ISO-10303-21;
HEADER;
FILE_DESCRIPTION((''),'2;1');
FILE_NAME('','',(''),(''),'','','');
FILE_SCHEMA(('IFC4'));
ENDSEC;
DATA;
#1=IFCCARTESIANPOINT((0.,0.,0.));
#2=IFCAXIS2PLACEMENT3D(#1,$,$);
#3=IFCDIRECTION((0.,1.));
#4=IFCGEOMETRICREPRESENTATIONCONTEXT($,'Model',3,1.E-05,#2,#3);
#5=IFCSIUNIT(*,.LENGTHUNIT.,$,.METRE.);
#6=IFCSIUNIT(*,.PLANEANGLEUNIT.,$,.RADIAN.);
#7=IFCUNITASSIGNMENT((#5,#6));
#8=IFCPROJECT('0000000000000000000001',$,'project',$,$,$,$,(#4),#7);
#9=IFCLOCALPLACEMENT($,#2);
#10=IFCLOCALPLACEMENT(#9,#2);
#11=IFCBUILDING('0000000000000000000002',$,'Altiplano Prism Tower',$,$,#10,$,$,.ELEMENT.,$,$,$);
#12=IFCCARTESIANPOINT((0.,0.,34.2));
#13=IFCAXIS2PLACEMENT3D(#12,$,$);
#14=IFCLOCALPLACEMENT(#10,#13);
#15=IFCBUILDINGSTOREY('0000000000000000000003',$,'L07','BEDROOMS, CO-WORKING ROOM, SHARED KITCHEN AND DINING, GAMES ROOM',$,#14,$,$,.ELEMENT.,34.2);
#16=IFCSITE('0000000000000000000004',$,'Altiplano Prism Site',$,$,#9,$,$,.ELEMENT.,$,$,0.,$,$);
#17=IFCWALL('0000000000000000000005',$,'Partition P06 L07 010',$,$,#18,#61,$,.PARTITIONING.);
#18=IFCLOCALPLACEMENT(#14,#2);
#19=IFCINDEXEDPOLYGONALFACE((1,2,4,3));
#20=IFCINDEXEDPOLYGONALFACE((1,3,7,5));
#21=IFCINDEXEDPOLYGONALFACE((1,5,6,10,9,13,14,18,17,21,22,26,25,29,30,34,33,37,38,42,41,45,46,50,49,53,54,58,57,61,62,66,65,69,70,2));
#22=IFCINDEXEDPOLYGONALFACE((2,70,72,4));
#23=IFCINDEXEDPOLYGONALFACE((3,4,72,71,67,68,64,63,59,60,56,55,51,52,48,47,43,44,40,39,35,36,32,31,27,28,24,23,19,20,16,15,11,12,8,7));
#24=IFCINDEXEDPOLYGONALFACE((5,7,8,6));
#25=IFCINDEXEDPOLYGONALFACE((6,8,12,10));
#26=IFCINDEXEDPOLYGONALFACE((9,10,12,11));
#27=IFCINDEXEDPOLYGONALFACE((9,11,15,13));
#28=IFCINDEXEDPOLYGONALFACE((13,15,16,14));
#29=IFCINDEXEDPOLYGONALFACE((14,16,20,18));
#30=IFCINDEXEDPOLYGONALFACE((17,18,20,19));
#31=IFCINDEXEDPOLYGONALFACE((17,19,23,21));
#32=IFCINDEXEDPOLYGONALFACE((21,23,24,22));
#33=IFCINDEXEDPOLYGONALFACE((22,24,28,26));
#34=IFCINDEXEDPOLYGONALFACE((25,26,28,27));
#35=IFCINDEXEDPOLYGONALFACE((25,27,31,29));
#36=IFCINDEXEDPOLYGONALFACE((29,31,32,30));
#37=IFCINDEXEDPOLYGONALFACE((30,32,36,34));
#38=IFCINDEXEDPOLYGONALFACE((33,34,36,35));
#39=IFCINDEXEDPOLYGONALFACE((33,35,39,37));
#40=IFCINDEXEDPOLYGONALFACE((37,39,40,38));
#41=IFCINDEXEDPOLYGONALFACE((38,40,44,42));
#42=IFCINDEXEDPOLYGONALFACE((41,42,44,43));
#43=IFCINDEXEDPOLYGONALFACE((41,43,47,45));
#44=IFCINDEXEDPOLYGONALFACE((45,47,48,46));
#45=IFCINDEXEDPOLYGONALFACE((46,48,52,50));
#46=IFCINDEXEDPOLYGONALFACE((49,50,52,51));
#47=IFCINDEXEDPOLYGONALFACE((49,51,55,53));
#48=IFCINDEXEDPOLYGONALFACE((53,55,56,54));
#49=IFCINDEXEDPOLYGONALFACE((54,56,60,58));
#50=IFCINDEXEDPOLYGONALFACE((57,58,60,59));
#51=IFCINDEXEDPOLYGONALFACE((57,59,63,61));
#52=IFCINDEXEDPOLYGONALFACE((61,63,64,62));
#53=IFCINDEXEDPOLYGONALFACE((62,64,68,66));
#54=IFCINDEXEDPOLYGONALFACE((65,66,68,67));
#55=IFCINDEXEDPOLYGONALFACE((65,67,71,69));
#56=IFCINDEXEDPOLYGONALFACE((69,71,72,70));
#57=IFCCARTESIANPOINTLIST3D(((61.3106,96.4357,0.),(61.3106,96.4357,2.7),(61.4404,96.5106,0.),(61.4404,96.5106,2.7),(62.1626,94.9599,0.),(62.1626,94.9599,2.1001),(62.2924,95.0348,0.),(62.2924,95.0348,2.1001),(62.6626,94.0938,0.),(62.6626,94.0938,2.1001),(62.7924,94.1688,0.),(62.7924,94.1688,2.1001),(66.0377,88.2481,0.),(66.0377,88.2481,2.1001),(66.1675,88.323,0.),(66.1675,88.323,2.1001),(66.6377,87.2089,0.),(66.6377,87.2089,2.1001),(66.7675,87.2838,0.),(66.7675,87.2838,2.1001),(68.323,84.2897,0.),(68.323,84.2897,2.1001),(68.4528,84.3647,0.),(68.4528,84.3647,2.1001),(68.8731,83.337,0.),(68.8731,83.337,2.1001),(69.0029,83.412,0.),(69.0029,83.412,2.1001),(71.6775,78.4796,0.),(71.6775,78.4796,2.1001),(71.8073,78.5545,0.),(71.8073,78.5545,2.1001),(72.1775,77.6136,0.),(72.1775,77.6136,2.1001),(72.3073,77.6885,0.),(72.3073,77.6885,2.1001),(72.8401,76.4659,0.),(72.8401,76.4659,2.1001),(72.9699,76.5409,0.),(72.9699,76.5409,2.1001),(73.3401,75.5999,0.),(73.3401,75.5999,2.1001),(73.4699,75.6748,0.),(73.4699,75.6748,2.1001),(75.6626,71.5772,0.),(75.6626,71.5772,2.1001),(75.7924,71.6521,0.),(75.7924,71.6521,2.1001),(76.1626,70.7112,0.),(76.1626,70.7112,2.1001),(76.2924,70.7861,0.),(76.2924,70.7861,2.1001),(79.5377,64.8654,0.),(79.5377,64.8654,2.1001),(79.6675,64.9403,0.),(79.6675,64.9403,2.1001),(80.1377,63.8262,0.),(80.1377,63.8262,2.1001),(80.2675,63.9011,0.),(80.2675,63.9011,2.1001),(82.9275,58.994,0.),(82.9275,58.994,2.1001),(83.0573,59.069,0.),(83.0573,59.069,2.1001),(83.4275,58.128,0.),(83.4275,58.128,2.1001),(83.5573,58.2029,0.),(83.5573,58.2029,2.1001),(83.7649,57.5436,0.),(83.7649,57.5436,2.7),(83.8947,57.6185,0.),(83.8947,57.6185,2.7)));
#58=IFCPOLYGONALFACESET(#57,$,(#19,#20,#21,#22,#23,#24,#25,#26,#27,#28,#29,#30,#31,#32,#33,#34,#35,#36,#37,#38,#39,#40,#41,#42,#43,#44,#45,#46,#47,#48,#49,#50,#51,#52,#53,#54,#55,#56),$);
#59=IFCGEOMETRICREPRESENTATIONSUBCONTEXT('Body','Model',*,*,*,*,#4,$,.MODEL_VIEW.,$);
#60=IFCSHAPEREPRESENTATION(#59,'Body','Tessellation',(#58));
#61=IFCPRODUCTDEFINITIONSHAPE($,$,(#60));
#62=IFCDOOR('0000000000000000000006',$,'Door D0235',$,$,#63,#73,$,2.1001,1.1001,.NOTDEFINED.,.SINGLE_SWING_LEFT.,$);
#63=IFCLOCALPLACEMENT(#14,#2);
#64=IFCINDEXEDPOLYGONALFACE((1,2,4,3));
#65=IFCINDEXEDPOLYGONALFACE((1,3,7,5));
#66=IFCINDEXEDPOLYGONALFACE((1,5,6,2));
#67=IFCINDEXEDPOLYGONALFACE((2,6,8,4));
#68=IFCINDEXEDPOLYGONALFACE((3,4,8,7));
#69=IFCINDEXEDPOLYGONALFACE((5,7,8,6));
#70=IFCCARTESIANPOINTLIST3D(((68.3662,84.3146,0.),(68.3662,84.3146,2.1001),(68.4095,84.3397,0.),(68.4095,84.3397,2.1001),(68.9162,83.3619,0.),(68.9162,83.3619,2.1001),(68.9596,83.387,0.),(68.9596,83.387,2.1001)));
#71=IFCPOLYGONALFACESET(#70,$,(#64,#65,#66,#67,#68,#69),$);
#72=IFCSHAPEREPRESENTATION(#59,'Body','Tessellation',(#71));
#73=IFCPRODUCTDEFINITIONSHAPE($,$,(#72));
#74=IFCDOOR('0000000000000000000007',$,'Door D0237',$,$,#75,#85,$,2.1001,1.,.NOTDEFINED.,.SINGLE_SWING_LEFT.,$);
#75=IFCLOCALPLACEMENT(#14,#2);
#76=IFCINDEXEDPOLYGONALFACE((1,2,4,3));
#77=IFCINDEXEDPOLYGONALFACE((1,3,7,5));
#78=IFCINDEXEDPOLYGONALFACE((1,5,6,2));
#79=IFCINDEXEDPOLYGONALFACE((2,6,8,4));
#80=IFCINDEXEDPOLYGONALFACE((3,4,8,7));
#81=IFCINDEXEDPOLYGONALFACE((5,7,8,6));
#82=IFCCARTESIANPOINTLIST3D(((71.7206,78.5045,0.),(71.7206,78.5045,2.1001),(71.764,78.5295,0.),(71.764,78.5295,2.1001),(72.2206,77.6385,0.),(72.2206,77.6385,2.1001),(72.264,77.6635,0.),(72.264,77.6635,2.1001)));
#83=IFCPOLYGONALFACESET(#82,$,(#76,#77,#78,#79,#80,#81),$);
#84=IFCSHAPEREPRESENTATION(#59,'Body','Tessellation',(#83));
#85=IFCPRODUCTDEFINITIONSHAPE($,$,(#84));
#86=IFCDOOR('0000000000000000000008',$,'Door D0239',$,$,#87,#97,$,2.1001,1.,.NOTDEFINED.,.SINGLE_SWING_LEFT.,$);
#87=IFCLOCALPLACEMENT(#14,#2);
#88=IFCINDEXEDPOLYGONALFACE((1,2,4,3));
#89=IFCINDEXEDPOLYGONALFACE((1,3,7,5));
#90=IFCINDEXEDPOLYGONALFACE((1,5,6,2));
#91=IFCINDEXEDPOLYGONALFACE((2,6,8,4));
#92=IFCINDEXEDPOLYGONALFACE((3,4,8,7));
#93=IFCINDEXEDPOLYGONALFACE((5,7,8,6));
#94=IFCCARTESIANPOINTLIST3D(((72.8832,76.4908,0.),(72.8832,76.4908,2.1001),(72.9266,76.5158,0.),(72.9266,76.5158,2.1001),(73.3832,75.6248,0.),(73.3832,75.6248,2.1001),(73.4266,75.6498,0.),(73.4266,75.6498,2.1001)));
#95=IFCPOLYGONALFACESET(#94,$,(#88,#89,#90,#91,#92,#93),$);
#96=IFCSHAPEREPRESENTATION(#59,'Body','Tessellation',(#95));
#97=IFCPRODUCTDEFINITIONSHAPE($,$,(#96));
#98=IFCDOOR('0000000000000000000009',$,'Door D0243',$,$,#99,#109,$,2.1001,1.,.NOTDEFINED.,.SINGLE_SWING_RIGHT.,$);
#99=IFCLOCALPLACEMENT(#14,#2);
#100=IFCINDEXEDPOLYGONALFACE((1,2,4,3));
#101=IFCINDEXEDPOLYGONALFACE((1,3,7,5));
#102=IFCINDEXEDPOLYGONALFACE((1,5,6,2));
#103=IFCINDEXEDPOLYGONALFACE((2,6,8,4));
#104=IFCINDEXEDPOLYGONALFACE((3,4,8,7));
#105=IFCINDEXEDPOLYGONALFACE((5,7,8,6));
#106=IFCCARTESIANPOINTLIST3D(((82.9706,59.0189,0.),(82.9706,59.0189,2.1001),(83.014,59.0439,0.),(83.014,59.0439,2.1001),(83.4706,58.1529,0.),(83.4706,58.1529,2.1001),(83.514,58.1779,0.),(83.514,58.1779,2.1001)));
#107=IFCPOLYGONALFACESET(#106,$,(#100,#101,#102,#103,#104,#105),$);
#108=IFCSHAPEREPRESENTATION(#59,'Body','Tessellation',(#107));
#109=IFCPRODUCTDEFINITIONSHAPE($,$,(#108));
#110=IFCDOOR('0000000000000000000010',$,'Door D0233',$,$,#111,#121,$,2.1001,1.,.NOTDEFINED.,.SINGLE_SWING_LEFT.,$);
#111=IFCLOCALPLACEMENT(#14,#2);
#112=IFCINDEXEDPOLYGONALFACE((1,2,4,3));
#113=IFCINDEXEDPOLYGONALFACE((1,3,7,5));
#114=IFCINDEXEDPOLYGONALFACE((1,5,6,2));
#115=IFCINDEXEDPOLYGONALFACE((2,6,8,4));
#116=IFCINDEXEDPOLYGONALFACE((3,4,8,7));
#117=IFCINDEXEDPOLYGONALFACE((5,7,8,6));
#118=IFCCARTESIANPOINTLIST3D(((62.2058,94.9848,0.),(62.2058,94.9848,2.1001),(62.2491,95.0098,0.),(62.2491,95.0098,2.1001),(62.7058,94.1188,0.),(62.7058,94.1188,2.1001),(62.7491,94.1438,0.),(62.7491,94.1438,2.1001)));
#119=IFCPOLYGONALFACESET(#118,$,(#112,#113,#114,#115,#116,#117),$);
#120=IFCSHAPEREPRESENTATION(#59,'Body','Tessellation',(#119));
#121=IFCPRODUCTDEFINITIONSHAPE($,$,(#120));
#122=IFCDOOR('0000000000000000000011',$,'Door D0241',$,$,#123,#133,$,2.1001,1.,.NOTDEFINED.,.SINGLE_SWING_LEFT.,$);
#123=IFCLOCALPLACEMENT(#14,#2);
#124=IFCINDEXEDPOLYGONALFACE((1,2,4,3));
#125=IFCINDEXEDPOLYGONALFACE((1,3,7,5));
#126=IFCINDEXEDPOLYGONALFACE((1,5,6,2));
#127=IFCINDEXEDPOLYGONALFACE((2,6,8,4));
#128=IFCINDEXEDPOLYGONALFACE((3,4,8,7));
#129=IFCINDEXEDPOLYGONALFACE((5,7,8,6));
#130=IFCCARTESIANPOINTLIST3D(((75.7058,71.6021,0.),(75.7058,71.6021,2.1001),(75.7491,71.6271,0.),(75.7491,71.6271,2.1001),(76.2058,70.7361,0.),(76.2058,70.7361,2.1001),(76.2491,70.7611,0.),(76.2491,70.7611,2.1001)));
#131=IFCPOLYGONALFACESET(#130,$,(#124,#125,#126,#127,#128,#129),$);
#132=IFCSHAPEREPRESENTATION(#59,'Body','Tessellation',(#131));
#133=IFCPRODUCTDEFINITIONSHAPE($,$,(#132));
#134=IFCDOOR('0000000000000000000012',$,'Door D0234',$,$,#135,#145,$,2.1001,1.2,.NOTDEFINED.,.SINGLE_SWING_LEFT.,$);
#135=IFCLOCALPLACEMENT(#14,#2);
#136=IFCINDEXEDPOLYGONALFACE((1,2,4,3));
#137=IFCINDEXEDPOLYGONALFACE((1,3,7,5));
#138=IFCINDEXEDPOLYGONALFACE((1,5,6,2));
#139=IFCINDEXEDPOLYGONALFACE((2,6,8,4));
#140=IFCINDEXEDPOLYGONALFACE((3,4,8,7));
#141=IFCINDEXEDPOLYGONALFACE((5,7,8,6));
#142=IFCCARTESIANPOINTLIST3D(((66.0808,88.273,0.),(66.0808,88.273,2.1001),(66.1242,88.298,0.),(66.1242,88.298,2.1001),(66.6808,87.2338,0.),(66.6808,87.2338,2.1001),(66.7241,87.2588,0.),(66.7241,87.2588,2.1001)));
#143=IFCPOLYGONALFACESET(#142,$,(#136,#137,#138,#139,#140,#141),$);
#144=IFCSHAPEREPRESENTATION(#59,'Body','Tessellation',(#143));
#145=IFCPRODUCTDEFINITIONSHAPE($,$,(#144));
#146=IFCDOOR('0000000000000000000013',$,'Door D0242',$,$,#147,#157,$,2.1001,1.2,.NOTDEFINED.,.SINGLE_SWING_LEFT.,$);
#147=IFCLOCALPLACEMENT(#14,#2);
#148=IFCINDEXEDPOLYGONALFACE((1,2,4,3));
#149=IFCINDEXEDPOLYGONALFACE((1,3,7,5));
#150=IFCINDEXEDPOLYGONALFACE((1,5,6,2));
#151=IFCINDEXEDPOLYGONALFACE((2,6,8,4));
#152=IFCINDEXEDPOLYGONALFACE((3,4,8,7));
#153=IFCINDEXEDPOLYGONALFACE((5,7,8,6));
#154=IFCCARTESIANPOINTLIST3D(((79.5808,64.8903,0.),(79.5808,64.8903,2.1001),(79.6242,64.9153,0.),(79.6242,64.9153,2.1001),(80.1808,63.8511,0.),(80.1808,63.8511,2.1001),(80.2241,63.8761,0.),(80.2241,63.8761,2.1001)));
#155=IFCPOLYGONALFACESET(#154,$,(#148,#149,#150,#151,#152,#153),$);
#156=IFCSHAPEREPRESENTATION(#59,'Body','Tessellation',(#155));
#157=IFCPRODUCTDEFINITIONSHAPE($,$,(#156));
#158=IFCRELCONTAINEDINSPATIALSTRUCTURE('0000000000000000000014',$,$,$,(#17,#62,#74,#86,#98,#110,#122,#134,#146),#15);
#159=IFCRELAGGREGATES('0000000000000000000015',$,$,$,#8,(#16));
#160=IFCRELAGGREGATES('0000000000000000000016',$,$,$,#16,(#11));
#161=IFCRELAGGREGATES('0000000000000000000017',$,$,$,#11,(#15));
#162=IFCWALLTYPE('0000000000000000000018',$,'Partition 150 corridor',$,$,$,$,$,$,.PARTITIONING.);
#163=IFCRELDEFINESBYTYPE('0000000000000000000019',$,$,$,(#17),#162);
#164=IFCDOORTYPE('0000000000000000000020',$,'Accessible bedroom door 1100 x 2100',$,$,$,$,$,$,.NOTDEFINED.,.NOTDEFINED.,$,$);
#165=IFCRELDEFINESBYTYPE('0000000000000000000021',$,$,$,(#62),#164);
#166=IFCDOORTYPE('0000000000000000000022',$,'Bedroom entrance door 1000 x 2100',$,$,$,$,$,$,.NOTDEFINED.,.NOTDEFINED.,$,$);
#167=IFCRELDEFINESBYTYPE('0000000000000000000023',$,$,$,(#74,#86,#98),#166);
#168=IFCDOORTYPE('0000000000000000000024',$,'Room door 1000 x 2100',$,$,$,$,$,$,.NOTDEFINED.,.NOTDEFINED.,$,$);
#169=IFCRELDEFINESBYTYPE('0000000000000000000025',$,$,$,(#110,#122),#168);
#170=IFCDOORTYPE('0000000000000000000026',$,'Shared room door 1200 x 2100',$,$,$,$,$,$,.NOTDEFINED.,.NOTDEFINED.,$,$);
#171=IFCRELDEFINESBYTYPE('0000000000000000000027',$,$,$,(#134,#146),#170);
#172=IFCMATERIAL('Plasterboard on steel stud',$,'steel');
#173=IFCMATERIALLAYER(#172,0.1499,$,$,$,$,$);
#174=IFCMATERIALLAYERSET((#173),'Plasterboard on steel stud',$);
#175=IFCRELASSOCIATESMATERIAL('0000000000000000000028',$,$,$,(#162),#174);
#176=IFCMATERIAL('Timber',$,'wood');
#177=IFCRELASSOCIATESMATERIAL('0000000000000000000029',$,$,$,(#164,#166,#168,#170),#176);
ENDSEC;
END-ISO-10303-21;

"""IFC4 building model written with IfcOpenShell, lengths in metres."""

from ifc_helpers import new_model, si_unit, direction, frame, frame_2d, origin, place, context, subcontext, project, spatial, rectangle, extrude, material, layer, layer_set, type_object, element, fill, save


model = new_model("IFC4")

# Units and contexts
model_context = context("Model", 3, precision=1e-05, world=origin(), true_north=direction((0.0, 1.0)))
body_context = subcontext(model_context, "Body", "Model", "MODEL_VIEW")
ifc_project = project(units=[si_unit("LENGTHUNIT", "METRE"), si_unit("PLANEANGLEUNIT", "RADIAN")], contexts=[model_context])

# Site, building, storey
site_placement = place(None, origin())
site = spatial("IfcSite", under=ifc_project, at=site_placement, Name="Altiplano Prism Site", CompositionType="ELEMENT", RefElevation=0.0)
building_placement = place(site_placement, origin())
building = spatial("IfcBuilding", under=site, at=building_placement, Name="Altiplano Prism Tower", CompositionType="ELEMENT")
storey_placement = place(building_placement, frame((0.0, 0.0, 34.2)))
storey = spatial("IfcBuildingStorey", under=building, at=storey_placement, Name="L07", Description="BEDROOMS, CO-WORKING ROOM, SHARED KITCHEN AND DINING, GAMES ROOM", CompositionType="ELEMENT", Elevation=34.2)

# Shared definitions
ifc_material_1 = material(Name="Plasterboard on steel stud", Category="steel")
ifc_layer_1 = layer(ifc_material_1, 0.1499)
ifc_layer_set_1 = layer_set([ifc_layer_1], Name="Plasterboard on steel stud")
wall_type_1 = type_object("IfcWallType", Name="Partition 150 corridor", PredefinedType="PARTITIONING", material=ifc_layer_set_1)

# Wall, openings, doors
wall_1_placement = place(storey_placement, frame((61.3755, 96.4731, 0.0), z_axis=(0.0, 0.0, 1.0), x_axis=(0.5, -0.866026, 0.0)))
wall_1 = element("IfcWall", 1, at=wall_1_placement, inside=storey, type_object=wall_type_1, Name="Partition P06 L07 010", PredefinedType="PARTITIONING", context=body_context, shape_type="SweptSolid", body=[
    extrude(rectangle(XDim=44.9087, YDim=0.1499, at=frame_2d((22.4543, 0.0))), origin(), (0.0, 0.0, 1.0), 2.7),
])
opening_1_placement = place(wall_1_placement, frame((1.7041, 0.0, 0.0)))
opening_1 = element("IfcOpeningElement", 2, at=opening_1_placement, cuts=wall_1, PredefinedType="OPENING", context=body_context, shape_type="SweptSolid", body=[
    extrude(rectangle(XDim=1.0, YDim=2.1001, at=frame_2d((0.5, 1.05))), frame((0.0, 0.0854, 0.0), z_axis=(0.0, -1.0, 0.0), x_axis=(1.0, 0.0, 0.0)), (0.0, 0.0, 1.0), 0.1709),
])
opening_2_placement = place(wall_1_placement, frame((9.4541, 0.0, 0.0)))
opening_2 = element("IfcOpeningElement", 3, at=opening_2_placement, cuts=wall_1, PredefinedType="OPENING", context=body_context, shape_type="SweptSolid", body=[
    extrude(rectangle(XDim=1.2, YDim=2.1001, at=frame_2d((0.6001, 1.05))), frame((0.0, 0.0854, 0.0), z_axis=(0.0, -1.0, 0.0), x_axis=(1.0, 0.0, 0.0)), (0.0, 0.0, 1.0), 0.1709),
])
opening_3_placement = place(wall_1_placement, frame((14.0249, 0.0, 0.0)))
opening_3 = element("IfcOpeningElement", 4, at=opening_3_placement, cuts=wall_1, PredefinedType="OPENING", context=body_context, shape_type="SweptSolid", body=[
    extrude(rectangle(XDim=1.1001, YDim=2.1001, at=frame_2d((0.55, 1.05))), frame((0.0, 0.0854, 0.0), z_axis=(0.0, -1.0, 0.0), x_axis=(1.0, 0.0, 0.0)), (0.0, 0.0, 1.0), 0.1709),
])
opening_4_placement = place(wall_1_placement, frame((20.7339, 0.0, 0.0)))
opening_4 = element("IfcOpeningElement", 5, at=opening_4_placement, cuts=wall_1, PredefinedType="OPENING", context=body_context, shape_type="SweptSolid", body=[
    extrude(rectangle(XDim=1.0, YDim=2.1001, at=frame_2d((0.5, 1.05))), frame((0.0, 0.0854, 0.0), z_axis=(0.0, -1.0, 0.0), x_axis=(1.0, 0.0, 0.0)), (0.0, 0.0, 1.0), 0.1709),
])
opening_5_placement = place(wall_1_placement, frame((23.0591, 0.0, 0.0)))
opening_5 = element("IfcOpeningElement", 6, at=opening_5_placement, cuts=wall_1, PredefinedType="OPENING", context=body_context, shape_type="SweptSolid", body=[
    extrude(rectangle(XDim=1.0, YDim=2.1001, at=frame_2d((0.5, 1.05))), frame((0.0, 0.0854, 0.0), z_axis=(0.0, -1.0, 0.0), x_axis=(1.0, 0.0, 0.0)), (0.0, 0.0, 1.0), 0.1709),
])
opening_6_placement = place(wall_1_placement, frame((28.7041, 0.0, 0.0)))
opening_6 = element("IfcOpeningElement", 7, at=opening_6_placement, cuts=wall_1, PredefinedType="OPENING", context=body_context, shape_type="SweptSolid", body=[
    extrude(rectangle(XDim=1.0, YDim=2.1001, at=frame_2d((0.5, 1.05))), frame((0.0, 0.0854, 0.0), z_axis=(0.0, -1.0, 0.0), x_axis=(1.0, 0.0, 0.0)), (0.0, 0.0, 1.0), 0.1709),
])
opening_7_placement = place(wall_1_placement, frame((36.4541, 0.0, 0.0)))
opening_7 = element("IfcOpeningElement", 8, at=opening_7_placement, cuts=wall_1, PredefinedType="OPENING", context=body_context, shape_type="SweptSolid", body=[
    extrude(rectangle(XDim=1.2, YDim=2.1001, at=frame_2d((0.6001, 1.05))), frame((0.0, 0.0854, 0.0), z_axis=(0.0, -1.0, 0.0), x_axis=(1.0, 0.0, 0.0)), (0.0, 0.0, 1.0), 0.1709),
])
opening_8_placement = place(wall_1_placement, frame((43.2339, 0.0, 0.0)))
opening_8 = element("IfcOpeningElement", 9, at=opening_8_placement, cuts=wall_1, PredefinedType="OPENING", context=body_context, shape_type="SweptSolid", body=[
    extrude(rectangle(XDim=1.0, YDim=2.1001, at=frame_2d((0.5, 1.05))), frame((0.0, 0.0854, 0.0), z_axis=(0.0, -1.0, 0.0), x_axis=(1.0, 0.0, 0.0)), (0.0, 0.0, 1.0), 0.1709),
])
ifc_material_2 = material(Name="Timber", Category="wood")
door_type_1 = type_object("IfcDoorType", Name="Accessible bedroom door 1100 x 2100", OperationType="NOTDEFINED", PredefinedType="NOTDEFINED", material=ifc_material_2)
door_1_placement = place(opening_3_placement, origin())
door_1 = element("IfcDoor", 10, at=door_1_placement, inside=storey, type_object=door_type_1, Name="Door D0235", OperationType="SINGLE_SWING_LEFT", OverallHeight=2.1001, OverallWidth=1.1001, PredefinedType="NOTDEFINED", context=body_context, shape_type="SweptSolid", body=[
    extrude(rectangle(XDim=1.1001, YDim=2.1001, at=frame_2d((0.55, 1.05))), frame((0.0, 0.0249, 0.0), z_axis=(0.0, -1.0, 0.0), x_axis=(1.0, 0.0, 0.0)), (0.0, 0.0, 1.0), 0.05),
])
fill(opening_3, door_1)
door_type_2 = type_object("IfcDoorType", Name="Bedroom entrance door 1000 x 2100", OperationType="NOTDEFINED", PredefinedType="NOTDEFINED", material=ifc_material_2)
door_2_placement = place(opening_4_placement, origin())
door_2 = element("IfcDoor", 11, at=door_2_placement, inside=storey, type_object=door_type_2, Name="Door D0237", OperationType="SINGLE_SWING_LEFT", OverallHeight=2.1001, OverallWidth=1.0, PredefinedType="NOTDEFINED", context=body_context, shape_type="SweptSolid", body=[
    extrude(rectangle(XDim=1.0, YDim=2.1001, at=frame_2d((0.5, 1.05))), frame((0.0, 0.0249, 0.0), z_axis=(0.0, -1.0, 0.0), x_axis=(1.0, 0.0, 0.0)), (0.0, 0.0, 1.0), 0.05),
])
fill(opening_4, door_2)
door_3_placement = place(opening_5_placement, origin())
door_3 = element("IfcDoor", 12, at=door_3_placement, inside=storey, type_object=door_type_2, Name="Door D0239", OperationType="SINGLE_SWING_LEFT", OverallHeight=2.1001, OverallWidth=1.0, PredefinedType="NOTDEFINED", context=body_context, shape_type="SweptSolid", body=[
    extrude(rectangle(XDim=1.0, YDim=2.1001, at=frame_2d((0.5, 1.05))), frame((0.0, 0.0249, 0.0), z_axis=(0.0, -1.0, 0.0), x_axis=(1.0, 0.0, 0.0)), (0.0, 0.0, 1.0), 0.05),
])
fill(opening_5, door_3)
door_4_placement = place(opening_8_placement, origin())
door_4 = element("IfcDoor", 13, at=door_4_placement, inside=storey, type_object=door_type_2, Name="Door D0243", OperationType="SINGLE_SWING_RIGHT", OverallHeight=2.1001, OverallWidth=1.0, PredefinedType="NOTDEFINED", context=body_context, shape_type="SweptSolid", body=[
    extrude(rectangle(XDim=1.0, YDim=2.1001, at=frame_2d((0.5, 1.05))), frame((0.0, 0.0249, 0.0), z_axis=(0.0, -1.0, 0.0), x_axis=(1.0, 0.0, 0.0)), (0.0, 0.0, 1.0), 0.05),
])
fill(opening_8, door_4)
door_type_3 = type_object("IfcDoorType", Name="Room door 1000 x 2100", OperationType="NOTDEFINED", PredefinedType="NOTDEFINED", material=ifc_material_2)
door_5_placement = place(opening_1_placement, origin())
door_5 = element("IfcDoor", 14, at=door_5_placement, inside=storey, type_object=door_type_3, Name="Door D0233", OperationType="SINGLE_SWING_LEFT", OverallHeight=2.1001, OverallWidth=1.0, PredefinedType="NOTDEFINED", context=body_context, shape_type="SweptSolid", body=[
    extrude(rectangle(XDim=1.0, YDim=2.1001, at=frame_2d((0.5, 1.05))), frame((0.0, 0.0249, 0.0), z_axis=(0.0, -1.0, 0.0), x_axis=(1.0, 0.0, 0.0)), (0.0, 0.0, 1.0), 0.05),
])
fill(opening_1, door_5)
door_6_placement = place(opening_6_placement, origin())
door_6 = element("IfcDoor", 15, at=door_6_placement, inside=storey, type_object=door_type_3, Name="Door D0241", OperationType="SINGLE_SWING_LEFT", OverallHeight=2.1001, OverallWidth=1.0, PredefinedType="NOTDEFINED", context=body_context, shape_type="SweptSolid", body=[
    extrude(rectangle(XDim=1.0, YDim=2.1001, at=frame_2d((0.5, 1.05))), frame((0.0, 0.0249, 0.0), z_axis=(0.0, -1.0, 0.0), x_axis=(1.0, 0.0, 0.0)), (0.0, 0.0, 1.0), 0.05),
])
fill(opening_6, door_6)
door_type_4 = type_object("IfcDoorType", Name="Shared room door 1200 x 2100", OperationType="NOTDEFINED", PredefinedType="NOTDEFINED", material=ifc_material_2)
door_7_placement = place(opening_2_placement, origin())
door_7 = element("IfcDoor", 16, at=door_7_placement, inside=storey, type_object=door_type_4, Name="Door D0234", OperationType="SINGLE_SWING_LEFT", OverallHeight=2.1001, OverallWidth=1.2, PredefinedType="NOTDEFINED", context=body_context, shape_type="SweptSolid", body=[
    extrude(rectangle(XDim=1.2, YDim=2.1001, at=frame_2d((0.6001, 1.05))), frame((0.0, 0.0249, 0.0), z_axis=(0.0, -1.0, 0.0), x_axis=(1.0, 0.0, 0.0)), (0.0, 0.0, 1.0), 0.05),
])
fill(opening_2, door_7)
door_8_placement = place(opening_7_placement, origin())
door_8 = element("IfcDoor", 17, at=door_8_placement, inside=storey, type_object=door_type_4, Name="Door D0242", OperationType="SINGLE_SWING_LEFT", OverallHeight=2.1001, OverallWidth=1.2, PredefinedType="NOTDEFINED", context=body_context, shape_type="SweptSolid", body=[
    extrude(rectangle(XDim=1.2, YDim=2.1001, at=frame_2d((0.6001, 1.05))), frame((0.0, 0.0249, 0.0), z_axis=(0.0, -1.0, 0.0), x_axis=(1.0, 0.0, 0.0)), (0.0, 0.0, 1.0), 0.05),
])
fill(opening_7, door_8)

save(model, "model.ifc")
